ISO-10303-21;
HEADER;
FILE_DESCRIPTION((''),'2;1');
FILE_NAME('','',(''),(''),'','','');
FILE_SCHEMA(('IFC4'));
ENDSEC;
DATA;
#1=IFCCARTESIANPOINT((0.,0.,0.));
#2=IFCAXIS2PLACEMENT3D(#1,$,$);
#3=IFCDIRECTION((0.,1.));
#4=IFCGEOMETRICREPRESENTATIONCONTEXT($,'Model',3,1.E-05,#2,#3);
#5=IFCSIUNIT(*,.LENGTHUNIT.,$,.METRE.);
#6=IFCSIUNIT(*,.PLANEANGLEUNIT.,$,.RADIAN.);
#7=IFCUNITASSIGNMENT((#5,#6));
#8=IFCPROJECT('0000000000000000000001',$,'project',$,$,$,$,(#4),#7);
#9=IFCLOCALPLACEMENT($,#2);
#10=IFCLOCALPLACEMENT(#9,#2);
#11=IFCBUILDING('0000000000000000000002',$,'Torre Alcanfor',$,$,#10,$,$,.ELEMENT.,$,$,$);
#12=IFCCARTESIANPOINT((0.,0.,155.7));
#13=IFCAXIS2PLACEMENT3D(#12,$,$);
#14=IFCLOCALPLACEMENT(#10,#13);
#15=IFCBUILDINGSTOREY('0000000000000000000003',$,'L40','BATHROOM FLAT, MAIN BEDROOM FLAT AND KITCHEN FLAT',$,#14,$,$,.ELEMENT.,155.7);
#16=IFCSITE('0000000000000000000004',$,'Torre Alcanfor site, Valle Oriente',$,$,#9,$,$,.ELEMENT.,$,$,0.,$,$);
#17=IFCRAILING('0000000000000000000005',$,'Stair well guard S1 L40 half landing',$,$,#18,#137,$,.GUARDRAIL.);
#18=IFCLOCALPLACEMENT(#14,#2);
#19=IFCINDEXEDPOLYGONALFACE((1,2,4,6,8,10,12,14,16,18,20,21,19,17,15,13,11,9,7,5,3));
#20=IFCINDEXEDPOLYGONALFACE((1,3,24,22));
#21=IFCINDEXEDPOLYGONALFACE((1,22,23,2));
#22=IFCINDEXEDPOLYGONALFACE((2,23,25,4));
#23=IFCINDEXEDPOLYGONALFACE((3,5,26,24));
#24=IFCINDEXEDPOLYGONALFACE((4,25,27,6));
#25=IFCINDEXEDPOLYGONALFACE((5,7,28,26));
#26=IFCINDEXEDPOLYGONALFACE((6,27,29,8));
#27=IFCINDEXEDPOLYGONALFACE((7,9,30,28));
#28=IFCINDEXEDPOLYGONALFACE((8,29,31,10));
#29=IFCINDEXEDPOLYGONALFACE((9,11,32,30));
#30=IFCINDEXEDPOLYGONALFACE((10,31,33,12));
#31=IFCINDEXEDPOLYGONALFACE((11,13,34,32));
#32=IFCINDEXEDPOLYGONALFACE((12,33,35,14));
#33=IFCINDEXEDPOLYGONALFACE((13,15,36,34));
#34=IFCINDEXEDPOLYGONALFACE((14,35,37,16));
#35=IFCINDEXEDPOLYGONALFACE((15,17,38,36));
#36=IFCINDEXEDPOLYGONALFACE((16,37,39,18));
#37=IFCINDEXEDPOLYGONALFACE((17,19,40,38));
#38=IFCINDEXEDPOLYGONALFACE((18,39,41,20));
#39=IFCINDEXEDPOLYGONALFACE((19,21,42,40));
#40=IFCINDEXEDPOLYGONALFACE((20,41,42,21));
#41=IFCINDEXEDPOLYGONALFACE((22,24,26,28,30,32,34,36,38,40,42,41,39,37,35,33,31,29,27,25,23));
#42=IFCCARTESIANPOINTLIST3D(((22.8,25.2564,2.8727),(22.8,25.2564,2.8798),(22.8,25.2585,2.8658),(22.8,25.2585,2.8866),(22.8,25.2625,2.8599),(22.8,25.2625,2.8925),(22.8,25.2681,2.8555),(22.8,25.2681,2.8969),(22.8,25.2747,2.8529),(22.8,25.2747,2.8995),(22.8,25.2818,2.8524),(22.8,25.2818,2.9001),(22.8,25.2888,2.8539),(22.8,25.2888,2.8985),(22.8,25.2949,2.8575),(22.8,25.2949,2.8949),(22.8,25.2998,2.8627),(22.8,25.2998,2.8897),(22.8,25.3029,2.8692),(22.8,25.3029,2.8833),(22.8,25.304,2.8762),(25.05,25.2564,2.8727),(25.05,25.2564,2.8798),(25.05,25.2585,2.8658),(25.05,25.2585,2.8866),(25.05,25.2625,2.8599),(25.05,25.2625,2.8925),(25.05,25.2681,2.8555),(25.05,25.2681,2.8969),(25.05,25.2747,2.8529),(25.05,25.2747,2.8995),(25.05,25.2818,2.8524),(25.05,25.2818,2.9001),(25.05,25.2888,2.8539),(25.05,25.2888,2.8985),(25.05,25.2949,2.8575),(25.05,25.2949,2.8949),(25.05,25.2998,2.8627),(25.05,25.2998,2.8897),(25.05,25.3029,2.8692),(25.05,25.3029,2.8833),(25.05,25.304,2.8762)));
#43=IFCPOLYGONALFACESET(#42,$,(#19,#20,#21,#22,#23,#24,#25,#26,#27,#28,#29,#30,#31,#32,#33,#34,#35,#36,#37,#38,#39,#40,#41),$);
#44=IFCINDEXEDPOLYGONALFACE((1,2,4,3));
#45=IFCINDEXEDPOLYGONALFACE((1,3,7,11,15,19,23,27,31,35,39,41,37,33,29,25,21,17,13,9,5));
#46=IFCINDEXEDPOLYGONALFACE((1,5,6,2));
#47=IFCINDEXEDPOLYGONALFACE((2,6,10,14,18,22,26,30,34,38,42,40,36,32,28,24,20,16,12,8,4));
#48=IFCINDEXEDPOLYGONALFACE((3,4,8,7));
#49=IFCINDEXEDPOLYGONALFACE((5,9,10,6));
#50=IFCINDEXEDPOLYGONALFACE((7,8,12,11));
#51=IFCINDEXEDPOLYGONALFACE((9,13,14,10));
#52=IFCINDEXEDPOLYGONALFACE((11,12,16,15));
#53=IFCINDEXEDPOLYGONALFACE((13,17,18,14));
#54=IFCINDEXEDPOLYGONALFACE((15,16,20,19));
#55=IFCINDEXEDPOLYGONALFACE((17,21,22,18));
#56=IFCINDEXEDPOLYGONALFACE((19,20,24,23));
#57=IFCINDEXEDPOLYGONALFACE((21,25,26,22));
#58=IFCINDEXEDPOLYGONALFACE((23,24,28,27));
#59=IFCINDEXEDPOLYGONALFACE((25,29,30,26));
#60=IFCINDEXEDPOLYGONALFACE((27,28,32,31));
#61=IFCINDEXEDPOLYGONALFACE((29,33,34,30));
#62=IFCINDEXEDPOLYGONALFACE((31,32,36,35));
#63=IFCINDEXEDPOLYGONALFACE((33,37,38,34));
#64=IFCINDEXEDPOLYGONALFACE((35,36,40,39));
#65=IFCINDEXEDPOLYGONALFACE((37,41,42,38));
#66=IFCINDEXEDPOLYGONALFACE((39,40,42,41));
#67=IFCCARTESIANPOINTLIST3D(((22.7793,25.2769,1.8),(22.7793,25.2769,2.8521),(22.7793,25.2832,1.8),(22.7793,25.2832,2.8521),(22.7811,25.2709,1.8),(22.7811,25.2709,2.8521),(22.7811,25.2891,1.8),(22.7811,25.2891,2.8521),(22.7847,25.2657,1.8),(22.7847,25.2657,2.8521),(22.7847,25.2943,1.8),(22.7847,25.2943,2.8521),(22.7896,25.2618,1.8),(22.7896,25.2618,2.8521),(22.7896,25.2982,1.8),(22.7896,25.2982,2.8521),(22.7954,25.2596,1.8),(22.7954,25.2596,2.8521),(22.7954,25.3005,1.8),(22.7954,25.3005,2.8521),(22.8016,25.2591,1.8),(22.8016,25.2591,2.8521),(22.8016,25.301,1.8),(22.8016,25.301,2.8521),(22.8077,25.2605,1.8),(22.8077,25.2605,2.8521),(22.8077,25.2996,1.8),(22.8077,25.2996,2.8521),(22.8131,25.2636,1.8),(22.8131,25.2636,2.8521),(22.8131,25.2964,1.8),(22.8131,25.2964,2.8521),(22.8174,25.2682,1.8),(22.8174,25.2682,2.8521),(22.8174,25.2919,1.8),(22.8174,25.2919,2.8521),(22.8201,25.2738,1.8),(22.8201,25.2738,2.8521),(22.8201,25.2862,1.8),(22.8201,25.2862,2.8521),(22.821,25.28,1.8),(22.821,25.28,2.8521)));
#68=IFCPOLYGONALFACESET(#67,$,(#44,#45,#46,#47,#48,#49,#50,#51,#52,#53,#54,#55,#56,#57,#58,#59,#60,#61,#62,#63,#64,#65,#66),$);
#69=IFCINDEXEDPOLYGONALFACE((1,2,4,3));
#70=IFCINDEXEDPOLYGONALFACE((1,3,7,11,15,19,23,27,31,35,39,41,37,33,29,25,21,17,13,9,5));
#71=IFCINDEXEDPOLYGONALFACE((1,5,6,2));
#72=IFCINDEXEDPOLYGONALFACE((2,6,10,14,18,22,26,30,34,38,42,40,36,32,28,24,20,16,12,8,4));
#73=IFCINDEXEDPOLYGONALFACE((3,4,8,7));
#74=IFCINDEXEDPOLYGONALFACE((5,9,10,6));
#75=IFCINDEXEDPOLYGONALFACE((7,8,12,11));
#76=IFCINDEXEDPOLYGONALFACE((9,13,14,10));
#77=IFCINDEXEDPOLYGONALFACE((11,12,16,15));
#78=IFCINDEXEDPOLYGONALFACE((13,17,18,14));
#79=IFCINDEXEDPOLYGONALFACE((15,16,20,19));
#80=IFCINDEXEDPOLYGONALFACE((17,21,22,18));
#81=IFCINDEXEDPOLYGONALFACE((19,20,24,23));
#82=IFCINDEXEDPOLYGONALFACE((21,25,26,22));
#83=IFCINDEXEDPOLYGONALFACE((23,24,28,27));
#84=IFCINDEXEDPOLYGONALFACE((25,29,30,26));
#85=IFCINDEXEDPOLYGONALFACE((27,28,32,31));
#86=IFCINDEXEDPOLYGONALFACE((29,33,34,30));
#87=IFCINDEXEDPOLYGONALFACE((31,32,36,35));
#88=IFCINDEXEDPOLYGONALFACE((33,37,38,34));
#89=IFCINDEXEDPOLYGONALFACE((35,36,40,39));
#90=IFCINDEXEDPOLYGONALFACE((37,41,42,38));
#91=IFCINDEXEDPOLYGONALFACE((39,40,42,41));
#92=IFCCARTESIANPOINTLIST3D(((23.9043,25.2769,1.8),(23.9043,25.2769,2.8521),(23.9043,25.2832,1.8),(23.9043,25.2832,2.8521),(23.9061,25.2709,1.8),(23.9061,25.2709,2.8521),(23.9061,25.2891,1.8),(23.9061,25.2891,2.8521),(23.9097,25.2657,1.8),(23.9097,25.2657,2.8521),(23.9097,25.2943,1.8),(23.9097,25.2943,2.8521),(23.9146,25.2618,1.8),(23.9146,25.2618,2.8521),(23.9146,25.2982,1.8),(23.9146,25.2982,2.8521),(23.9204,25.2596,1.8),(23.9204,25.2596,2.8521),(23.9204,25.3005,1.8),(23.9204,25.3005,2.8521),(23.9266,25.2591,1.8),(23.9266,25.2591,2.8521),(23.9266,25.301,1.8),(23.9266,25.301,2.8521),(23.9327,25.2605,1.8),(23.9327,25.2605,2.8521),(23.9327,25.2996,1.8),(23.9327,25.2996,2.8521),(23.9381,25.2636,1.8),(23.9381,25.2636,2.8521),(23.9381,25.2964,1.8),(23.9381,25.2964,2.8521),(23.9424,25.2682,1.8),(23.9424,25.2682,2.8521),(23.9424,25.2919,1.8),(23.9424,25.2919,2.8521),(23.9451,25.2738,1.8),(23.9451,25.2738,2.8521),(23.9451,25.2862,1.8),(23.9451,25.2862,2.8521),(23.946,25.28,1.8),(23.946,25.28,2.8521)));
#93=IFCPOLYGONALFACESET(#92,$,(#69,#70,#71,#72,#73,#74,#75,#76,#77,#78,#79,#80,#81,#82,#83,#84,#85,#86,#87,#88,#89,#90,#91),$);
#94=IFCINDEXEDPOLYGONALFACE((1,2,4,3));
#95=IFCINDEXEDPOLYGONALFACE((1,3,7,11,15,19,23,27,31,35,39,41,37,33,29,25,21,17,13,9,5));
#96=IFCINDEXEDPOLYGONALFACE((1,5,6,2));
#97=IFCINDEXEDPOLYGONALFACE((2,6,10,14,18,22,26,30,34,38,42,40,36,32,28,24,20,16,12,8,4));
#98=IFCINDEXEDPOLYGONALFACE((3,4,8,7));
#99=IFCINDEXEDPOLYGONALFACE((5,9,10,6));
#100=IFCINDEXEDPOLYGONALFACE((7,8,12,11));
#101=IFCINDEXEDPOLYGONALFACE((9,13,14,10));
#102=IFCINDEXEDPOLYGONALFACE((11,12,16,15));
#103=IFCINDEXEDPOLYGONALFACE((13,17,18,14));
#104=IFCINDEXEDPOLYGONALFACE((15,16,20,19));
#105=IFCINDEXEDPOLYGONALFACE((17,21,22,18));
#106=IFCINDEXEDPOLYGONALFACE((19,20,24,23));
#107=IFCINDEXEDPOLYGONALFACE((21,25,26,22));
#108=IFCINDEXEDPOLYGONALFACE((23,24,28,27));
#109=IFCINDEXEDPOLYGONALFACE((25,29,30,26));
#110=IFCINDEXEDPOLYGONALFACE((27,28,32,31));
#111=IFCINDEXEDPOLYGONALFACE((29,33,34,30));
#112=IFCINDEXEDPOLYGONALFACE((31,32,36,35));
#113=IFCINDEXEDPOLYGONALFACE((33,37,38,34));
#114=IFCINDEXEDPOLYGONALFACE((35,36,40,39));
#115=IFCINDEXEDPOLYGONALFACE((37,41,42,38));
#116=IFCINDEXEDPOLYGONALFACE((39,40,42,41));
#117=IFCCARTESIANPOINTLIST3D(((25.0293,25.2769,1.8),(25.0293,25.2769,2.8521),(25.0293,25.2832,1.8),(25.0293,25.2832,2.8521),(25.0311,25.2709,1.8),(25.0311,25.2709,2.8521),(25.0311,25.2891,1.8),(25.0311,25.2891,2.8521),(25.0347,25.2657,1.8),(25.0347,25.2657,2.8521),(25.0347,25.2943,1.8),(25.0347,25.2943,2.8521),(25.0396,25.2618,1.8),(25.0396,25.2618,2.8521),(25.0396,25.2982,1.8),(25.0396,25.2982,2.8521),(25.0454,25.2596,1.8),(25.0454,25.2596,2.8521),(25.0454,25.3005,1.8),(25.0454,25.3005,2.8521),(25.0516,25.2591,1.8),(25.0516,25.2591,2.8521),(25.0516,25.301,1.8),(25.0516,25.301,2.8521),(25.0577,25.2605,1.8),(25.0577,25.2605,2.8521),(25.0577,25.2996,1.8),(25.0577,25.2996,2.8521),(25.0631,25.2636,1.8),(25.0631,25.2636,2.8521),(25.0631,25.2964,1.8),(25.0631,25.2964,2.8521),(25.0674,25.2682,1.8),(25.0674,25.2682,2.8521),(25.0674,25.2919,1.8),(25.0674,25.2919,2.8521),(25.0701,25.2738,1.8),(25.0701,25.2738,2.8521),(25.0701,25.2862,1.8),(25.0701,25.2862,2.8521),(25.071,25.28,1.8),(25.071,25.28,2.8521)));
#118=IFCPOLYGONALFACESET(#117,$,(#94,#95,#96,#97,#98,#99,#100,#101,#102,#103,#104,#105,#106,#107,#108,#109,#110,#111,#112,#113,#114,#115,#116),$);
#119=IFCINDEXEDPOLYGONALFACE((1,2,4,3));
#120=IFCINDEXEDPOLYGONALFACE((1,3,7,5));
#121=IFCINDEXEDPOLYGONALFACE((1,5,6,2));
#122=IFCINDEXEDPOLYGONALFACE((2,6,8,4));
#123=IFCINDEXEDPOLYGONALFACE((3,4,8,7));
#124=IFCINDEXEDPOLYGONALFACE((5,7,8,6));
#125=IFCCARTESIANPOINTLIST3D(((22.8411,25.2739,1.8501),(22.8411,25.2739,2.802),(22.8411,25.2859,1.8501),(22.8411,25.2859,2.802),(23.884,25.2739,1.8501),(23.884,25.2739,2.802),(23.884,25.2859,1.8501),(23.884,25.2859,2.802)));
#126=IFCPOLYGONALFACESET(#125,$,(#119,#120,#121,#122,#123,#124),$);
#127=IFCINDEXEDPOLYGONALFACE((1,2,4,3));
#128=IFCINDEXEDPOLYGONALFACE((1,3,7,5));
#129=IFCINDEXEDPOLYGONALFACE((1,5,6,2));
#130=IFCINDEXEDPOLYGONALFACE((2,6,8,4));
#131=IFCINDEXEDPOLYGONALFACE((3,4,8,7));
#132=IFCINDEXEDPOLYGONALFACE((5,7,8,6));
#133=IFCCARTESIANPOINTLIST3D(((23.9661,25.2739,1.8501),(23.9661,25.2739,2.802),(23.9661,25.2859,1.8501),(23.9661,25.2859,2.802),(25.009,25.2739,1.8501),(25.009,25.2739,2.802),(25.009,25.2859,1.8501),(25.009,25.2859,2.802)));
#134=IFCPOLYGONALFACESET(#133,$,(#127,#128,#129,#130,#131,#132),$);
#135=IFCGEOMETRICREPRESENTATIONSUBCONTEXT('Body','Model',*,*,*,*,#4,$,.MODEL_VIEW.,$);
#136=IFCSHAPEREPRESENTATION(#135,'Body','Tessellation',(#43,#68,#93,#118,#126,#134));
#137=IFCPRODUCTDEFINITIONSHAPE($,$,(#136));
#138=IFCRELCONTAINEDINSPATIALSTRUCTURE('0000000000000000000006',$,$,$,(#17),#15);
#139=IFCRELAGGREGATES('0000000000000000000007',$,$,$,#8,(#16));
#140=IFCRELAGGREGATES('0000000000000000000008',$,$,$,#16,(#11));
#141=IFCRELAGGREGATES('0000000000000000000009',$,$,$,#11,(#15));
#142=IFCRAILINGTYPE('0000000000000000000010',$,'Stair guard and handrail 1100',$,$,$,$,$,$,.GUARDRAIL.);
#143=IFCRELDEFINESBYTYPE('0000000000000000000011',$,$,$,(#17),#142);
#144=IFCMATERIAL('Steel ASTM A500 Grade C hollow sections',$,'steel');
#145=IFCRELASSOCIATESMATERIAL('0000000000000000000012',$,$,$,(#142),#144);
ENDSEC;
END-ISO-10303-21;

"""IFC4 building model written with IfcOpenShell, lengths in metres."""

from ifc_helpers import new_model, si_unit, direction, frame, origin, origin_2d, place, context, subcontext, project, spatial, polyline, circle, outline, extrude, material, type_object, element, save


model = new_model("IFC4")

# Units and contexts
model_context = context("Model", 3, precision=1e-05, world=origin(), true_north=direction((0.0, 1.0)))
body_context = subcontext(model_context, "Body", "Model", "MODEL_VIEW")
ifc_project = project(units=[si_unit("LENGTHUNIT", "METRE"), si_unit("PLANEANGLEUNIT", "RADIAN")], contexts=[model_context])

# Site, building, storey
site_placement = place(None, origin())
site = spatial("IfcSite", under=ifc_project, at=site_placement, Name="Torre Alcanfor site, Valle Oriente", CompositionType="ELEMENT", RefElevation=0.0)
building_placement = place(site_placement, origin())
building = spatial("IfcBuilding", under=site, at=building_placement, Name="Torre Alcanfor", CompositionType="ELEMENT")
storey_placement = place(building_placement, frame((0.0, 0.0, 155.7)))
storey = spatial("IfcBuildingStorey", under=building, at=storey_placement, Name="L40", Description="BATHROOM FLAT, MAIN BEDROOM FLAT AND KITCHEN FLAT", CompositionType="ELEMENT", Elevation=155.7)

# Railing
ifc_material_1 = material(Name="Steel ASTM A500 Grade C hollow sections", Category="steel")
railing_type_1 = type_object("IfcRailingType", Name="Stair guard and handrail 1100", PredefinedType="GUARDRAIL", material=ifc_material_1)
railing_1_placement = place(storey_placement, frame((22.8, 25.28, 1.8)))
element("IfcRailing", 1, at=railing_1_placement, inside=storey, type_object=railing_type_1, Name="Stair well guard S1 L40 half landing", PredefinedType="GUARDRAIL", context=body_context, shape_type="SweptSolid", body=[
    extrude(circle(Radius=0.0239, at=origin_2d()), frame((0.0, 0.0, 1.0762), z_axis=(1.0, 0.0, 0.0), x_axis=(0.0, 1.0, 0.0)), (0.0, 0.0, 1.0), 2.25),
    extrude(circle(Radius=0.021, at=origin_2d()), origin(), (0.0, 0.0, 1.0), 1.052),
    extrude(circle(Radius=0.021, at=origin_2d()), frame((1.125, 0.0, 0.0)), (0.0, 0.0, 1.0), 1.052),
    extrude(circle(Radius=0.021, at=origin_2d()), frame((2.25, 0.0, 0.0)), (0.0, 0.0, 1.0), 1.052),
    extrude(outline(polyline([(0.041, 0.05), (1.084, 0.05), (1.084, 1.002), (0.041, 1.002), (0.041, 0.05)])), frame((0.0, 0.0059, 0.0), z_axis=(0.0, -1.0, 0.0), x_axis=(1.0, 0.0, 0.0)), (0.0, 0.0, 1.0), 0.012),
    extrude(outline(polyline([(1.166, 0.05), (2.209, 0.05), (2.209, 1.002), (1.166, 1.002), (1.166, 0.05)])), frame((0.0, 0.0059, 0.0), z_axis=(0.0, -1.0, 0.0), x_axis=(1.0, 0.0, 0.0)), (0.0, 0.0, 1.0), 0.012),
])

save(model, "model.ifc")
